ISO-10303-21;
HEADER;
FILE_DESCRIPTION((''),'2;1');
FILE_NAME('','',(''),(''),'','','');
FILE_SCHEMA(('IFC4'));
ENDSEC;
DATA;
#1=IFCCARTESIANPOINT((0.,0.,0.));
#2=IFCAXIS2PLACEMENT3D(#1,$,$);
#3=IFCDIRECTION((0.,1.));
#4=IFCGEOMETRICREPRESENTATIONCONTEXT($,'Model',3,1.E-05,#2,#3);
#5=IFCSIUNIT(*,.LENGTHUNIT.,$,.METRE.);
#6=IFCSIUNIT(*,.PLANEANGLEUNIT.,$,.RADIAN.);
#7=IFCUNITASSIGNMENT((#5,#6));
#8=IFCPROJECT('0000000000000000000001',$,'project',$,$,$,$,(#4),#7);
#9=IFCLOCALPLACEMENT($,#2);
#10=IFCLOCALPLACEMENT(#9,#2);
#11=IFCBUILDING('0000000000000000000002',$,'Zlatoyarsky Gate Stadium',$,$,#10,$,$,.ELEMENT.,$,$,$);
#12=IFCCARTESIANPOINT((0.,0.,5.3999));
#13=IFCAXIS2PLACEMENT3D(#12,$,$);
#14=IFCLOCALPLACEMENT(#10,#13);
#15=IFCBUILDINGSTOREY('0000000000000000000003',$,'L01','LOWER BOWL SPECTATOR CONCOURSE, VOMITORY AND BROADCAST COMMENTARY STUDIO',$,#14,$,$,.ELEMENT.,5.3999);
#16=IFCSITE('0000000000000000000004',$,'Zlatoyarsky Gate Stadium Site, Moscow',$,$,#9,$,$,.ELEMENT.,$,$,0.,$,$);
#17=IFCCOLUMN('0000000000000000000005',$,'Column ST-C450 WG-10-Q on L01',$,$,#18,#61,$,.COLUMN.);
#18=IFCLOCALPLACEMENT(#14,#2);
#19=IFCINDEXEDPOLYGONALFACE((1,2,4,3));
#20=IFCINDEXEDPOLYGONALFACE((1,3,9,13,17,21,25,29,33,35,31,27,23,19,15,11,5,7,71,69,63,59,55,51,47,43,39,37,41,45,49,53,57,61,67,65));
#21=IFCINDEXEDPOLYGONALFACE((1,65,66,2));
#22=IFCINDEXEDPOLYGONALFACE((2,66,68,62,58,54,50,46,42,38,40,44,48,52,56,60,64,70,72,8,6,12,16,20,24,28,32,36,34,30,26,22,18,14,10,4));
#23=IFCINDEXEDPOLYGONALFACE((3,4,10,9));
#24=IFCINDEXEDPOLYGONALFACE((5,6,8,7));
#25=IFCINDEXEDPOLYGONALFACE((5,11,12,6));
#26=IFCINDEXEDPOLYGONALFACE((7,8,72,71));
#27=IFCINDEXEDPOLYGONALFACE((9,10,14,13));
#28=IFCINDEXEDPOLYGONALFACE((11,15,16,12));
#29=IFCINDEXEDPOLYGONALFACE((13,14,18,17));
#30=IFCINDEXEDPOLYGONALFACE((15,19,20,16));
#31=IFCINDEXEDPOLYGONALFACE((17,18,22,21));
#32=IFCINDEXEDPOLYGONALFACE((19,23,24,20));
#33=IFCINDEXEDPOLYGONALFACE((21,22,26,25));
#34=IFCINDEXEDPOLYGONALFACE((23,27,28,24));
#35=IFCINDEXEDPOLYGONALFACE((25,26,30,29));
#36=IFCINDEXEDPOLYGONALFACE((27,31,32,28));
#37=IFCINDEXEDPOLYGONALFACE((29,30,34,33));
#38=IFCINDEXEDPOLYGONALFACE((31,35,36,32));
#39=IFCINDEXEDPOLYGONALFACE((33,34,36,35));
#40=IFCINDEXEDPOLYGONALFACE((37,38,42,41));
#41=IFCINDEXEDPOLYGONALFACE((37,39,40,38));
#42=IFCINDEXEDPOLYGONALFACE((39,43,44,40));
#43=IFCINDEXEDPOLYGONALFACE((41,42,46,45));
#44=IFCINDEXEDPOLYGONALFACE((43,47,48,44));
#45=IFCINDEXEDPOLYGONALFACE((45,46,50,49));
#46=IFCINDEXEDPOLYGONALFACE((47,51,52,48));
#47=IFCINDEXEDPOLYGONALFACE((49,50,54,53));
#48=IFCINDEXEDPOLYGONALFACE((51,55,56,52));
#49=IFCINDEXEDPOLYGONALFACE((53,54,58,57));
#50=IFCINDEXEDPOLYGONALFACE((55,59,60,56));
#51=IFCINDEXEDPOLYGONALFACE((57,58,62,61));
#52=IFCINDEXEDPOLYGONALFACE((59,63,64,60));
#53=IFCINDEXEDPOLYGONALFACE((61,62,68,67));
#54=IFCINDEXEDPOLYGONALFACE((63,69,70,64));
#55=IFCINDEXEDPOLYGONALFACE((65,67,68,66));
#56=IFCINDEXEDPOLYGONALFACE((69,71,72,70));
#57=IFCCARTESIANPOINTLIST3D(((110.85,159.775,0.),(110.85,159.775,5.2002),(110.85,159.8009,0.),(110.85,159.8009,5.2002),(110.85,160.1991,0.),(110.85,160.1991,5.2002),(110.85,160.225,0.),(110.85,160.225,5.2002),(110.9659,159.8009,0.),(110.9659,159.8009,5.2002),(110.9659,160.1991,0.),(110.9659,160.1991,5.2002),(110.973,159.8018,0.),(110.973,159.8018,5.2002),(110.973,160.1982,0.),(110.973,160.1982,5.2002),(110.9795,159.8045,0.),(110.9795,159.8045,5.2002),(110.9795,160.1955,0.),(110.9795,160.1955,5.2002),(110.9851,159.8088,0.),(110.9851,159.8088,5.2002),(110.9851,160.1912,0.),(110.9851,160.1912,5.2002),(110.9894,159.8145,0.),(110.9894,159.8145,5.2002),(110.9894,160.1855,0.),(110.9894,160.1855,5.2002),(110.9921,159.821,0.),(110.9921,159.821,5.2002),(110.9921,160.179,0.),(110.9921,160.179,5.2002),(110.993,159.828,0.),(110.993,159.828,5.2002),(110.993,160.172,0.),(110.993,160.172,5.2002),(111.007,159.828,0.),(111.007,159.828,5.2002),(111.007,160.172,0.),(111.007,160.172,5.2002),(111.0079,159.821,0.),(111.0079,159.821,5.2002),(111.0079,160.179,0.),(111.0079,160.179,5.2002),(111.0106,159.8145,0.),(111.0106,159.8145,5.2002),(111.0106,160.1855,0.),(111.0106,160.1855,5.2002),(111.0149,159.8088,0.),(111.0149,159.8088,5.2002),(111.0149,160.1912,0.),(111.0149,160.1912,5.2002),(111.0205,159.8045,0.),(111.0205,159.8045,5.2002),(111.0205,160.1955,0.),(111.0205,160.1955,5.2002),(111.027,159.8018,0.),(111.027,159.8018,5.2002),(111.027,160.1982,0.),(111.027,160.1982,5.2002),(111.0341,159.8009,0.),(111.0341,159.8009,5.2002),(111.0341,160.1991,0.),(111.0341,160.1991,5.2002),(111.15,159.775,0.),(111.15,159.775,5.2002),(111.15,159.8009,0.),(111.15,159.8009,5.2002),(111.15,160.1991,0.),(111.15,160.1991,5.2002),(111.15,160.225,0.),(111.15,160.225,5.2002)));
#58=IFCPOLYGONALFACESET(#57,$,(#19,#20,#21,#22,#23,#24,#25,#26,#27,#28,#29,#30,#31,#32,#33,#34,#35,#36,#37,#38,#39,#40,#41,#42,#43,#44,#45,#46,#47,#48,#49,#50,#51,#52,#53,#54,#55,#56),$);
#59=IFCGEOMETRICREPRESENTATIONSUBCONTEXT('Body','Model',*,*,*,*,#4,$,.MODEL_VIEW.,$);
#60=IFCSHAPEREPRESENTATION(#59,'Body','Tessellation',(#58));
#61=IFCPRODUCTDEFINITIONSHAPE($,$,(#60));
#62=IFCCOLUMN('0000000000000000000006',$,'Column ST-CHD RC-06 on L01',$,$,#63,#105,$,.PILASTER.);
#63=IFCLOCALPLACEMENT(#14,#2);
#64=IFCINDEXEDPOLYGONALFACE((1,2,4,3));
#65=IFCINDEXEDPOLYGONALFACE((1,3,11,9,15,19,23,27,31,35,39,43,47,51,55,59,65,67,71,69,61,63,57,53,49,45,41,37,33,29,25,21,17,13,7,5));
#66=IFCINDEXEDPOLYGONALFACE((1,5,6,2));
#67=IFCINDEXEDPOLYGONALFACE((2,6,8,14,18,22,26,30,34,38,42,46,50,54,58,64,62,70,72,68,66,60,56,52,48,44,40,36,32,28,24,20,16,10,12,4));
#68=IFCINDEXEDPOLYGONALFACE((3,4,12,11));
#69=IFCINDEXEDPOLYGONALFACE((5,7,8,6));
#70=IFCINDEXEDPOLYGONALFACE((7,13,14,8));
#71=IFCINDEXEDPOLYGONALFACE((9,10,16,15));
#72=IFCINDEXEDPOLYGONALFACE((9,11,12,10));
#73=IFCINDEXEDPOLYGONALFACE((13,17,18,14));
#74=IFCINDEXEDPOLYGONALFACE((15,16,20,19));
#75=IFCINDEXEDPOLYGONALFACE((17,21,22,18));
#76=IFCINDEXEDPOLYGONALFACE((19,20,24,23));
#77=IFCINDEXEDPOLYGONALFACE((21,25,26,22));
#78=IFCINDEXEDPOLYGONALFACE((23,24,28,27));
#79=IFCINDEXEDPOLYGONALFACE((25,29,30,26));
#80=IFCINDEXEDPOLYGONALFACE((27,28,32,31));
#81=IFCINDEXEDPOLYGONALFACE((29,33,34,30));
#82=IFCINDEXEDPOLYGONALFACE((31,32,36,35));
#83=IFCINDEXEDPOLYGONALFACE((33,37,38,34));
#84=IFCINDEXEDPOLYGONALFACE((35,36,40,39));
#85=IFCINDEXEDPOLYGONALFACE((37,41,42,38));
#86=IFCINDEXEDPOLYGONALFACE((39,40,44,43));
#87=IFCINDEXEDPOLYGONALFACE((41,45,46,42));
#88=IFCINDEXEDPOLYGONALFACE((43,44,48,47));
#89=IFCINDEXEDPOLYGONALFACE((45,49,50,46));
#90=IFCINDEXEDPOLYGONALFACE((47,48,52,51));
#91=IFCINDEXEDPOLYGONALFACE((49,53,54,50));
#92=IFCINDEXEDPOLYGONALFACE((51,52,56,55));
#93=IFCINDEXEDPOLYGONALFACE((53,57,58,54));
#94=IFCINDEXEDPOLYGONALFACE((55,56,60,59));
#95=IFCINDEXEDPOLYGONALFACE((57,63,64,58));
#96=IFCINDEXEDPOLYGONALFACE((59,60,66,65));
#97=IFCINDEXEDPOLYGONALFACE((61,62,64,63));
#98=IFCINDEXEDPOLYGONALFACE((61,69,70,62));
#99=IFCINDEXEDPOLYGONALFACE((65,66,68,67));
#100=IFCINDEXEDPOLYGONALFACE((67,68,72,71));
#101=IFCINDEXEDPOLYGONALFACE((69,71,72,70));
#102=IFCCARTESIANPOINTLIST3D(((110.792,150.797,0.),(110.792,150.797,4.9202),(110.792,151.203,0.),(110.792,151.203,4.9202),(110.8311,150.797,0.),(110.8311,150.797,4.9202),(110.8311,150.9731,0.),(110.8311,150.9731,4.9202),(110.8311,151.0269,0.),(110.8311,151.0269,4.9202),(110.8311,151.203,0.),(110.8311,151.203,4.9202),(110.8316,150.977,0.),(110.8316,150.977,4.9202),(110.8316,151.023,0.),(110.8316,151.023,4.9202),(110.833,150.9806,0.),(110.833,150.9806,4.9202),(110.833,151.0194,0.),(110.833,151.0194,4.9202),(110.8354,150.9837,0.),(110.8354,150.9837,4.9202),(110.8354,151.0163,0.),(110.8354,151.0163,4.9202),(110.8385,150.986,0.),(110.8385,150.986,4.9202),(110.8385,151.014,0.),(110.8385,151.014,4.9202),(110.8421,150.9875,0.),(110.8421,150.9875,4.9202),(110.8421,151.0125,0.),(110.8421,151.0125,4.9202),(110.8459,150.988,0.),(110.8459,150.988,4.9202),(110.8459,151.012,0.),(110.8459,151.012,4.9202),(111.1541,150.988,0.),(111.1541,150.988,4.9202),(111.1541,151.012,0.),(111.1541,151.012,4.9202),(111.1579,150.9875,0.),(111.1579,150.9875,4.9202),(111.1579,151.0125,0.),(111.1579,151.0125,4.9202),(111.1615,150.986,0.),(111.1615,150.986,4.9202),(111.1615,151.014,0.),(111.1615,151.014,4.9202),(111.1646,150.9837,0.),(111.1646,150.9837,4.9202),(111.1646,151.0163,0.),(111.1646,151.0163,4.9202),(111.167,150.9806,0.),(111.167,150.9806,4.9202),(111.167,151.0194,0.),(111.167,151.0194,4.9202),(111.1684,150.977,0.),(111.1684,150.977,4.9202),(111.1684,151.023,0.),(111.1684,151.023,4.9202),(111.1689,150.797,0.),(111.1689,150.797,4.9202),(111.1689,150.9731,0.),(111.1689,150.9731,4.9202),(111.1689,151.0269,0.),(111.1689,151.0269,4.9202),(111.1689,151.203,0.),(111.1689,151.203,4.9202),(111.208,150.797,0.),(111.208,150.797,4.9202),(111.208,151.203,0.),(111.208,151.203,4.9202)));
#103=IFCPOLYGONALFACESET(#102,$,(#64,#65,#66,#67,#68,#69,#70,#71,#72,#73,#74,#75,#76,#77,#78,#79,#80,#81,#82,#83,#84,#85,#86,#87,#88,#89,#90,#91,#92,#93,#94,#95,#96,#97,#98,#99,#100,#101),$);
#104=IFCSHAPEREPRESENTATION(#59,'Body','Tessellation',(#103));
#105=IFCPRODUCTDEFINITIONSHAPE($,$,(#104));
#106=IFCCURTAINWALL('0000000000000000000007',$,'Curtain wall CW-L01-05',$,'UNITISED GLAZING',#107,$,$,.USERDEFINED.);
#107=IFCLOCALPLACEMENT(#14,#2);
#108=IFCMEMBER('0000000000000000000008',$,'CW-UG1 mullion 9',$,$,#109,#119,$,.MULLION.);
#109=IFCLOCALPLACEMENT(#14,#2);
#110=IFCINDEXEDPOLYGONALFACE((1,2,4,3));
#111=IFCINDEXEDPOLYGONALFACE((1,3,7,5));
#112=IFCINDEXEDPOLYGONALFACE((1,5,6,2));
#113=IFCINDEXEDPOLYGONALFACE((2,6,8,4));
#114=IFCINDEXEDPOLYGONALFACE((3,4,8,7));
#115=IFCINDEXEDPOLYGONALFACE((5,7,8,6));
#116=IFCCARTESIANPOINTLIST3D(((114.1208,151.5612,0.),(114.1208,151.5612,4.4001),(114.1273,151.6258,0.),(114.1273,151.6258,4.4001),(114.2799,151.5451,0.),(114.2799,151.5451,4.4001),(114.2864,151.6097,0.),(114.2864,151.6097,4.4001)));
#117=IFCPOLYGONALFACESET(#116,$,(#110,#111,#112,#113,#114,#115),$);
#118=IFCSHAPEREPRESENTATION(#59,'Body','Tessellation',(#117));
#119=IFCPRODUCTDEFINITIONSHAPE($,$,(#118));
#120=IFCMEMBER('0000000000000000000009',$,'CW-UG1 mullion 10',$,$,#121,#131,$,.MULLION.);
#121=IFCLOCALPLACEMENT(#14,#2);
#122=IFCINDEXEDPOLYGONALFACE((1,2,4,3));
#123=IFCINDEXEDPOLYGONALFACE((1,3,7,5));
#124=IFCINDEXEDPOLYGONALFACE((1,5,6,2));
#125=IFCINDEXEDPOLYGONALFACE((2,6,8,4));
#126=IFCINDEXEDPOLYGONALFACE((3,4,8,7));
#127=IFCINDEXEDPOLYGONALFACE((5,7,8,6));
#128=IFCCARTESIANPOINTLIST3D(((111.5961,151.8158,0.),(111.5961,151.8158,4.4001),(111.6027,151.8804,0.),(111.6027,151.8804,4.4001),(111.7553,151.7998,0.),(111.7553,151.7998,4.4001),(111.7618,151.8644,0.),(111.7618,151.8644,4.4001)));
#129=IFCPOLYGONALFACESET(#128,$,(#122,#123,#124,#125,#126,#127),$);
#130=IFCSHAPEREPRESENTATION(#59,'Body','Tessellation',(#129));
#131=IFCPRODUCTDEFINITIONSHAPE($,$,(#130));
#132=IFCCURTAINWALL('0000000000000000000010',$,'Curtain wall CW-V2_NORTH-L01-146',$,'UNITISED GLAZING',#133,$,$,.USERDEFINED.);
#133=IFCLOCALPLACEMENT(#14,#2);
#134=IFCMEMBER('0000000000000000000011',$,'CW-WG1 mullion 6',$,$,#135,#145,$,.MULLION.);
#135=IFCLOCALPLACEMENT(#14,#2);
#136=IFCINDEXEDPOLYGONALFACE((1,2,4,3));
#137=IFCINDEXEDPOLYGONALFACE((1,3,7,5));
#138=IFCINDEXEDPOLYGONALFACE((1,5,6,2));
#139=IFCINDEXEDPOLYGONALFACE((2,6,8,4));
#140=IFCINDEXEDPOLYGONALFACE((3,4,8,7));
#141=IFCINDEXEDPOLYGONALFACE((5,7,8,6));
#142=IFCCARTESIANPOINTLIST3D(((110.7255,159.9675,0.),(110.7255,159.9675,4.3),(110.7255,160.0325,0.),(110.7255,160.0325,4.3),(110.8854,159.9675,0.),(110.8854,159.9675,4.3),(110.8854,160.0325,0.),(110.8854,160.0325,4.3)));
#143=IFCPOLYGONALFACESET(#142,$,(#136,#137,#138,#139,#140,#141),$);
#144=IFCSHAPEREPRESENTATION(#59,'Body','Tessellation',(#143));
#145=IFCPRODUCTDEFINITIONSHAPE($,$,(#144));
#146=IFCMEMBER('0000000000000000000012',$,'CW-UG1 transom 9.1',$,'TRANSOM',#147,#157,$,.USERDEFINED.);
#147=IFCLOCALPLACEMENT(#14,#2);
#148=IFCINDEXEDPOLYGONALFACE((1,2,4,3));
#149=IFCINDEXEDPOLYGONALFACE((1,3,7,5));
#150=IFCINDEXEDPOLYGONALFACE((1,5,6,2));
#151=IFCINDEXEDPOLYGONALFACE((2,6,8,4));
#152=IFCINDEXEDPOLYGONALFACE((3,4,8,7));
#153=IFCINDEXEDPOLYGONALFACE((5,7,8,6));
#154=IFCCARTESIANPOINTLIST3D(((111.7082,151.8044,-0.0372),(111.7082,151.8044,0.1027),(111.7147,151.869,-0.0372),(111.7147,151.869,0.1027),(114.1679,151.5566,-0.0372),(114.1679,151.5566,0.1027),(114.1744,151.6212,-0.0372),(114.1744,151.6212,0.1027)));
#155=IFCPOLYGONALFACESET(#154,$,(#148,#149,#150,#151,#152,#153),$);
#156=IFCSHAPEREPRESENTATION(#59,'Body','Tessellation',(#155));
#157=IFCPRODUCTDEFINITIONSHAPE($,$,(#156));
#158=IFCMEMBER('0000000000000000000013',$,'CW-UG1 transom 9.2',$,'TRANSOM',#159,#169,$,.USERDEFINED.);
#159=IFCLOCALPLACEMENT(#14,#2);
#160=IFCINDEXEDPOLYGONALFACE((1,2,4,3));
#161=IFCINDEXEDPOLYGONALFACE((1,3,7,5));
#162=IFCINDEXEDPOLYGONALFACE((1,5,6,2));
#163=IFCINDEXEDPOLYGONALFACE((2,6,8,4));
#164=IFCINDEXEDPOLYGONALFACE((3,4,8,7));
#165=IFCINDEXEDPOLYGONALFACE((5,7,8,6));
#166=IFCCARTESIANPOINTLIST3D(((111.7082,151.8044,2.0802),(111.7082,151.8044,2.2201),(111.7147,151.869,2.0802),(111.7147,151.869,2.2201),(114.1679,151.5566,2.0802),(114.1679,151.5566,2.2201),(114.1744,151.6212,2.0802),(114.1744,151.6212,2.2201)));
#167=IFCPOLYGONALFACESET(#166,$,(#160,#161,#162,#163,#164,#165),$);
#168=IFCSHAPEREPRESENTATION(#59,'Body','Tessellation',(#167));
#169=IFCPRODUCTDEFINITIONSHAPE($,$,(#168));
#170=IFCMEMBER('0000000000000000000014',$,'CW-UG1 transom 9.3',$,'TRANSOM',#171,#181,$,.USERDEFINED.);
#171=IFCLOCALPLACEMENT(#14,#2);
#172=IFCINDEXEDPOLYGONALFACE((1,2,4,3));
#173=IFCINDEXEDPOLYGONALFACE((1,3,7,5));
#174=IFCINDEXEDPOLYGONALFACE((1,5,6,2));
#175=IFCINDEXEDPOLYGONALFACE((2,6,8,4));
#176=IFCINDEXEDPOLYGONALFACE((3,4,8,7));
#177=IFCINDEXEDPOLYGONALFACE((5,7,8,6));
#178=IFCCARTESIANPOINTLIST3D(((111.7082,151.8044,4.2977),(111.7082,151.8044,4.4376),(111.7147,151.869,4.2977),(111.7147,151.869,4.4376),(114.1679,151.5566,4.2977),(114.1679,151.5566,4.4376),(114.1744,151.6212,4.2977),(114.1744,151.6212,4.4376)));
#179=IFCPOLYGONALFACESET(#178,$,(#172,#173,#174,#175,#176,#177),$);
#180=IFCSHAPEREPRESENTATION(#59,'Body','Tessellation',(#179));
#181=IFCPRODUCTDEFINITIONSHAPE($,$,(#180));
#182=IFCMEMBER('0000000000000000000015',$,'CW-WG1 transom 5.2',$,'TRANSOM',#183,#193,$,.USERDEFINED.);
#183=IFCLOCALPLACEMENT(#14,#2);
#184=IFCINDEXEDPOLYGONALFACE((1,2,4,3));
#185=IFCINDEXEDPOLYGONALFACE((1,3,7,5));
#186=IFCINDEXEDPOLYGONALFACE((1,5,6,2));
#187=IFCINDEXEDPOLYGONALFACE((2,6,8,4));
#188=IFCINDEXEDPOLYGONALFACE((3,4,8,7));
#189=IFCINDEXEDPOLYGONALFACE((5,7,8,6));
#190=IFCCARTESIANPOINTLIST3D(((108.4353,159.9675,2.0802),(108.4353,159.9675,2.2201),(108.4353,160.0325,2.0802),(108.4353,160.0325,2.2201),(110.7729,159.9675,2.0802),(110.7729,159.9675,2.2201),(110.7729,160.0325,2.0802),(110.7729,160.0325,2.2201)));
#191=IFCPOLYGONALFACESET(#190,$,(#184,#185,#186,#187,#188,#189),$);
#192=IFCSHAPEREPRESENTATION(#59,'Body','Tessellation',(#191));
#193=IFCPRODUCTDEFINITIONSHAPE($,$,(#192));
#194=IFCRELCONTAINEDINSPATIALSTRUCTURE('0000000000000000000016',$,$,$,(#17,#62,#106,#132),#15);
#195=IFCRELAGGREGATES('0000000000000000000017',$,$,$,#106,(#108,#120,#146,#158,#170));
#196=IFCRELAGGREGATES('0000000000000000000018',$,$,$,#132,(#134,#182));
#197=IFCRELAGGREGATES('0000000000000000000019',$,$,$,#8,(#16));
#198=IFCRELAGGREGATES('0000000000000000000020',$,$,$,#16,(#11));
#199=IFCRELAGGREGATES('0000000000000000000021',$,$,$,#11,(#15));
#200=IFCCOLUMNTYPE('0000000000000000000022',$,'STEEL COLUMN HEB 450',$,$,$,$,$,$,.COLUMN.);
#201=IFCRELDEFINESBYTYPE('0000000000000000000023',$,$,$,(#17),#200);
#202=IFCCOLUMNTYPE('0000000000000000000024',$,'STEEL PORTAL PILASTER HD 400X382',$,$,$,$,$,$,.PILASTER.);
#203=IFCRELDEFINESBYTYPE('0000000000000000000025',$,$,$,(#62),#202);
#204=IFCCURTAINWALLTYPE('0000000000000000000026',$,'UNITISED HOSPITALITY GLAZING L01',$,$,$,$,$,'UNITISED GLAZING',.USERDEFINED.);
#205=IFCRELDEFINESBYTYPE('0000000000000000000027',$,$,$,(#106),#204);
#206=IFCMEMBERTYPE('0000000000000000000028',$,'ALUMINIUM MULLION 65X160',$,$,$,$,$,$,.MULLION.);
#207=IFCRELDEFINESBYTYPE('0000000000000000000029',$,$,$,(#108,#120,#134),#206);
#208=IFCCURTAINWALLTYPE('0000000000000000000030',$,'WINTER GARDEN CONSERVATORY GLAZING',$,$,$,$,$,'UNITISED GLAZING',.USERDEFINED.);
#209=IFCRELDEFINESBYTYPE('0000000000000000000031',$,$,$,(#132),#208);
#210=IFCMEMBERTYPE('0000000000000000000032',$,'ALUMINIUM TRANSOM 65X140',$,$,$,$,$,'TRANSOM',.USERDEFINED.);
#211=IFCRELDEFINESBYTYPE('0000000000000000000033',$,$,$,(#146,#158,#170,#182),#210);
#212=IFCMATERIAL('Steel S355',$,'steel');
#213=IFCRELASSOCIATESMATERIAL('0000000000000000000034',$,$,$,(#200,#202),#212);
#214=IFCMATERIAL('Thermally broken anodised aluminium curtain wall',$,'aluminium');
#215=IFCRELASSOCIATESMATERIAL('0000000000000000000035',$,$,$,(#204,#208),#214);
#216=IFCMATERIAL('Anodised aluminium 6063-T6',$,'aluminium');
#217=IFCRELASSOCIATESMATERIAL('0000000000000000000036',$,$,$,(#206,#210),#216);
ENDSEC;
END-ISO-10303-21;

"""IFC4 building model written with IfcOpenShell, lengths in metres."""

from ifc_helpers import new_model, si_unit, direction, frame, origin, origin_2d, place, context, subcontext, project, spatial, rectangle, i_section, extrude, material, material_profile, profile_set, type_object, element, aggregate, save


model = new_model("IFC4")

# Units and contexts
model_context = context("Model", 3, precision=1e-05, world=origin(), true_north=direction((0.0, 1.0)))
body_context = subcontext(model_context, "Body", "Model", "MODEL_VIEW")
ifc_project = project(units=[si_unit("LENGTHUNIT", "METRE"), si_unit("PLANEANGLEUNIT", "RADIAN")], contexts=[model_context])

# Site, building, storey
site_placement = place(None, origin())
site = spatial("IfcSite", under=ifc_project, at=site_placement, Name="Zlatoyarsky Gate Stadium Site, Moscow", CompositionType="ELEMENT", RefElevation=0.0)
building_placement = place(site_placement, origin())
building = spatial("IfcBuilding", under=site, at=building_placement, Name="Zlatoyarsky Gate Stadium", CompositionType="ELEMENT")
storey_placement = place(building_placement, frame((0.0, 0.0, 5.3999)))
storey = spatial("IfcBuildingStorey", under=building, at=storey_placement, Name="L01", Description="LOWER BOWL SPECTATOR CONCOURSE, VOMITORY AND BROADCAST COMMENTARY STUDIO", CompositionType="ELEMENT", Elevation=5.3999)

# Columns
ifc_material_1 = material(Name="Steel S355", Category="steel")
ifc_material_profile_1 = material_profile(ifc_material_1, i_section(OverallWidth=0.3, OverallDepth=0.45, WebThickness=0.0139, FlangeThickness=0.0259, FilletRadius=0.0271, at=origin_2d()), Name="HEB 450")
ifc_profile_set_1 = profile_set([ifc_material_profile_1], Name="Steel S355")
column_type_1 = type_object("IfcColumnType", Name="STEEL COLUMN HEB 450", PredefinedType="COLUMN", material=ifc_profile_set_1)
column_1_placement = place(storey_placement, frame((111.0, 160.0, 0.0), z_axis=(0.0, 0.0, 1.0), x_axis=(1.0, 0.0, 0.0)))
element("IfcColumn", 1, at=column_1_placement, inside=storey, type_object=column_type_1, Name="Column ST-C450 WG-10-Q on L01", PredefinedType="COLUMN", context=body_context, shape_type="SweptSolid", body=[
    extrude(i_section(OverallWidth=0.3, OverallDepth=0.45, WebThickness=0.0139, FlangeThickness=0.0259, FilletRadius=0.0271, at=origin_2d()), origin(), (0.0, 0.0, 1.0), 5.2002),
])
ifc_material_profile_2 = material_profile(ifc_material_1, i_section(OverallWidth=0.406, OverallDepth=0.416, WebThickness=0.0239, FlangeThickness=0.0391, FilletRadius=0.0149, at=origin_2d()), Name="HD 400X382")
ifc_profile_set_2 = profile_set([ifc_material_profile_2], Name="Steel S355")
column_type_2 = type_object("IfcColumnType", Name="STEEL PORTAL PILASTER HD 400X382", PredefinedType="PILASTER", material=ifc_profile_set_2)
column_2_placement = place(storey_placement, frame((111.0, 151.0, 0.0), z_axis=(0.0, 0.0, 1.0), x_axis=(0.0, 1.0, 0.0)))
element("IfcColumn", 2, at=column_2_placement, inside=storey, type_object=column_type_2, Name="Column ST-CHD RC-06 on L01", PredefinedType="PILASTER", context=body_context, shape_type="SweptSolid", body=[
    extrude(i_section(OverallWidth=0.406, OverallDepth=0.416, WebThickness=0.0239, FlangeThickness=0.0391, FilletRadius=0.0149, at=origin_2d()), origin(), (0.0, 0.0, 1.0), 4.9202),
])

# Curtain wall, members
ifc_material_2 = material(Name="Thermally broken anodised aluminium curtain wall", Category="aluminium")
curtain_wall_type_1 = type_object("IfcCurtainWallType", Name="UNITISED HOSPITALITY GLAZING L01", ElementType="UNITISED GLAZING", PredefinedType="USERDEFINED", material=ifc_material_2)
curtain_wall_1_placement = place(storey_placement, origin())
curtain_wall_1 = element("IfcCurtainWall", 3, at=curtain_wall_1_placement, inside=storey, type_object=curtain_wall_type_1, Name="Curtain wall CW-L01-05", ObjectType="UNITISED GLAZING", PredefinedType="USERDEFINED")
ifc_material_3 = material(Name="Anodised aluminium 6063-T6", Category="aluminium")
ifc_material_profile_3 = material_profile(ifc_material_3, rectangle(XDim=0.0649, YDim=0.1599, at=origin_2d()), Name="ALU 65X160")
ifc_profile_set_3 = profile_set([ifc_material_profile_3], Name="Anodised aluminium 6063-T6")
member_type_1 = type_object("IfcMemberType", Name="ALUMINIUM MULLION 65X160", PredefinedType="MULLION", material=ifc_profile_set_3)
member_1_placement = place(storey_placement, frame((114.2036, 151.5854, 0.0), z_axis=(0.0, 0.0, 1.0), x_axis=(-0.1003, -0.994957, 0.0)))
member_1 = element("IfcMember", 4, at=member_1_placement, type_object=member_type_1, Name="CW-UG1 mullion 9", PredefinedType="MULLION", context=body_context, shape_type="SweptSolid", body=[
    extrude(rectangle(XDim=0.0649, YDim=0.1599, at=origin_2d()), origin(), (0.0, 0.0, 1.0), 4.4001),
])
member_2_placement = place(storey_placement, frame((111.679, 151.8401, 0.0), z_axis=(0.0, 0.0, 1.0), x_axis=(-0.1003, -0.994957, 0.0)))
member_2 = element("IfcMember", 5, at=member_2_placement, type_object=member_type_1, Name="CW-UG1 mullion 10", PredefinedType="MULLION", context=body_context, shape_type="SweptSolid", body=[
    extrude(rectangle(XDim=0.0649, YDim=0.1599, at=origin_2d()), origin(), (0.0, 0.0, 1.0), 4.4001),
])

# Curtain wall, member
curtain_wall_type_2 = type_object("IfcCurtainWallType", Name="WINTER GARDEN CONSERVATORY GLAZING", ElementType="UNITISED GLAZING", PredefinedType="USERDEFINED", material=ifc_material_2)
curtain_wall_2_placement = place(storey_placement, origin())
curtain_wall_2 = element("IfcCurtainWall", 6, at=curtain_wall_2_placement, inside=storey, type_object=curtain_wall_type_2, Name="Curtain wall CW-V2_NORTH-L01-146", ObjectType="UNITISED GLAZING", PredefinedType="USERDEFINED")
member_3_placement = place(storey_placement, frame((110.8054, 160.0, 0.0), z_axis=(0.0, 0.0, 1.0), x_axis=(0.0, 1.0, 0.0)))
member_3 = element("IfcMember", 7, at=member_3_placement, type_object=member_type_1, Name="CW-WG1 mullion 6", PredefinedType="MULLION", context=body_context, shape_type="SweptSolid", body=[
    extrude(rectangle(XDim=0.0649, YDim=0.1599, at=origin_2d()), origin(), (0.0, 0.0, 1.0), 4.3),
])

# Members
ifc_material_profile_4 = material_profile(ifc_material_3, rectangle(XDim=0.0649, YDim=0.1399, at=origin_2d()), Name="ALU 65X140")
ifc_profile_set_4 = profile_set([ifc_material_profile_4], Name="Anodised aluminium 6063-T6")
member_type_2 = type_object("IfcMemberType", Name="ALUMINIUM TRANSOM 65X140", ElementType="TRANSOM", PredefinedType="USERDEFINED", material=ifc_profile_set_4)
member_4_placement = place(storey_placement, frame((114.1711, 151.5889, 0.0327), z_axis=(-0.994964, 0.100237, 0.0), x_axis=(-0.100237, -0.994964, 0.0)))
member_4 = element("IfcMember", 8, at=member_4_placement, type_object=member_type_2, Name="CW-UG1 transom 9.1", ObjectType="TRANSOM", PredefinedType="USERDEFINED", context=body_context, shape_type="SweptSolid", body=[
    extrude(rectangle(XDim=0.0649, YDim=0.1399, at=origin_2d()), origin(), (0.0, 0.0, 1.0), 2.4722),
])
member_5_placement = place(storey_placement, frame((114.1711, 151.5889, 2.1501), z_axis=(-0.994964, 0.100237, 0.0), x_axis=(-0.100237, -0.994964, 0.0)))
member_5 = element("IfcMember", 9, at=member_5_placement, type_object=member_type_2, Name="CW-UG1 transom 9.2", ObjectType="TRANSOM", PredefinedType="USERDEFINED", context=body_context, shape_type="SweptSolid", body=[
    extrude(rectangle(XDim=0.0649, YDim=0.1399, at=origin_2d()), origin(), (0.0, 0.0, 1.0), 2.4722),
])
member_6_placement = place(storey_placement, frame((114.1711, 151.5889, 4.3677), z_axis=(-0.994964, 0.100237, 0.0), x_axis=(-0.100237, -0.994964, 0.0)))
member_6 = element("IfcMember", 10, at=member_6_placement, type_object=member_type_2, Name="CW-UG1 transom 9.3", ObjectType="TRANSOM", PredefinedType="USERDEFINED", context=body_context, shape_type="SweptSolid", body=[
    extrude(rectangle(XDim=0.0649, YDim=0.1399, at=origin_2d()), origin(), (0.0, 0.0, 1.0), 2.4722),
])
member_7_placement = place(storey_placement, frame((108.4353, 160.0, 2.1501), z_axis=(1.0, 0.0, 0.0), x_axis=(0.0, 1.0, 0.0)))
member_7 = element("IfcMember", 11, at=member_7_placement, type_object=member_type_2, Name="CW-WG1 transom 5.2", ObjectType="TRANSOM", PredefinedType="USERDEFINED", context=body_context, shape_type="SweptSolid", body=[
    extrude(rectangle(XDim=0.0649, YDim=0.1399, at=origin_2d()), origin(), (0.0, 0.0, 1.0), 2.3376),
])

aggregate(curtain_wall_1, [member_1, member_2, member_4, member_5, member_6])
aggregate(curtain_wall_2, [member_3, member_7])

save(model, "model.ifc")
